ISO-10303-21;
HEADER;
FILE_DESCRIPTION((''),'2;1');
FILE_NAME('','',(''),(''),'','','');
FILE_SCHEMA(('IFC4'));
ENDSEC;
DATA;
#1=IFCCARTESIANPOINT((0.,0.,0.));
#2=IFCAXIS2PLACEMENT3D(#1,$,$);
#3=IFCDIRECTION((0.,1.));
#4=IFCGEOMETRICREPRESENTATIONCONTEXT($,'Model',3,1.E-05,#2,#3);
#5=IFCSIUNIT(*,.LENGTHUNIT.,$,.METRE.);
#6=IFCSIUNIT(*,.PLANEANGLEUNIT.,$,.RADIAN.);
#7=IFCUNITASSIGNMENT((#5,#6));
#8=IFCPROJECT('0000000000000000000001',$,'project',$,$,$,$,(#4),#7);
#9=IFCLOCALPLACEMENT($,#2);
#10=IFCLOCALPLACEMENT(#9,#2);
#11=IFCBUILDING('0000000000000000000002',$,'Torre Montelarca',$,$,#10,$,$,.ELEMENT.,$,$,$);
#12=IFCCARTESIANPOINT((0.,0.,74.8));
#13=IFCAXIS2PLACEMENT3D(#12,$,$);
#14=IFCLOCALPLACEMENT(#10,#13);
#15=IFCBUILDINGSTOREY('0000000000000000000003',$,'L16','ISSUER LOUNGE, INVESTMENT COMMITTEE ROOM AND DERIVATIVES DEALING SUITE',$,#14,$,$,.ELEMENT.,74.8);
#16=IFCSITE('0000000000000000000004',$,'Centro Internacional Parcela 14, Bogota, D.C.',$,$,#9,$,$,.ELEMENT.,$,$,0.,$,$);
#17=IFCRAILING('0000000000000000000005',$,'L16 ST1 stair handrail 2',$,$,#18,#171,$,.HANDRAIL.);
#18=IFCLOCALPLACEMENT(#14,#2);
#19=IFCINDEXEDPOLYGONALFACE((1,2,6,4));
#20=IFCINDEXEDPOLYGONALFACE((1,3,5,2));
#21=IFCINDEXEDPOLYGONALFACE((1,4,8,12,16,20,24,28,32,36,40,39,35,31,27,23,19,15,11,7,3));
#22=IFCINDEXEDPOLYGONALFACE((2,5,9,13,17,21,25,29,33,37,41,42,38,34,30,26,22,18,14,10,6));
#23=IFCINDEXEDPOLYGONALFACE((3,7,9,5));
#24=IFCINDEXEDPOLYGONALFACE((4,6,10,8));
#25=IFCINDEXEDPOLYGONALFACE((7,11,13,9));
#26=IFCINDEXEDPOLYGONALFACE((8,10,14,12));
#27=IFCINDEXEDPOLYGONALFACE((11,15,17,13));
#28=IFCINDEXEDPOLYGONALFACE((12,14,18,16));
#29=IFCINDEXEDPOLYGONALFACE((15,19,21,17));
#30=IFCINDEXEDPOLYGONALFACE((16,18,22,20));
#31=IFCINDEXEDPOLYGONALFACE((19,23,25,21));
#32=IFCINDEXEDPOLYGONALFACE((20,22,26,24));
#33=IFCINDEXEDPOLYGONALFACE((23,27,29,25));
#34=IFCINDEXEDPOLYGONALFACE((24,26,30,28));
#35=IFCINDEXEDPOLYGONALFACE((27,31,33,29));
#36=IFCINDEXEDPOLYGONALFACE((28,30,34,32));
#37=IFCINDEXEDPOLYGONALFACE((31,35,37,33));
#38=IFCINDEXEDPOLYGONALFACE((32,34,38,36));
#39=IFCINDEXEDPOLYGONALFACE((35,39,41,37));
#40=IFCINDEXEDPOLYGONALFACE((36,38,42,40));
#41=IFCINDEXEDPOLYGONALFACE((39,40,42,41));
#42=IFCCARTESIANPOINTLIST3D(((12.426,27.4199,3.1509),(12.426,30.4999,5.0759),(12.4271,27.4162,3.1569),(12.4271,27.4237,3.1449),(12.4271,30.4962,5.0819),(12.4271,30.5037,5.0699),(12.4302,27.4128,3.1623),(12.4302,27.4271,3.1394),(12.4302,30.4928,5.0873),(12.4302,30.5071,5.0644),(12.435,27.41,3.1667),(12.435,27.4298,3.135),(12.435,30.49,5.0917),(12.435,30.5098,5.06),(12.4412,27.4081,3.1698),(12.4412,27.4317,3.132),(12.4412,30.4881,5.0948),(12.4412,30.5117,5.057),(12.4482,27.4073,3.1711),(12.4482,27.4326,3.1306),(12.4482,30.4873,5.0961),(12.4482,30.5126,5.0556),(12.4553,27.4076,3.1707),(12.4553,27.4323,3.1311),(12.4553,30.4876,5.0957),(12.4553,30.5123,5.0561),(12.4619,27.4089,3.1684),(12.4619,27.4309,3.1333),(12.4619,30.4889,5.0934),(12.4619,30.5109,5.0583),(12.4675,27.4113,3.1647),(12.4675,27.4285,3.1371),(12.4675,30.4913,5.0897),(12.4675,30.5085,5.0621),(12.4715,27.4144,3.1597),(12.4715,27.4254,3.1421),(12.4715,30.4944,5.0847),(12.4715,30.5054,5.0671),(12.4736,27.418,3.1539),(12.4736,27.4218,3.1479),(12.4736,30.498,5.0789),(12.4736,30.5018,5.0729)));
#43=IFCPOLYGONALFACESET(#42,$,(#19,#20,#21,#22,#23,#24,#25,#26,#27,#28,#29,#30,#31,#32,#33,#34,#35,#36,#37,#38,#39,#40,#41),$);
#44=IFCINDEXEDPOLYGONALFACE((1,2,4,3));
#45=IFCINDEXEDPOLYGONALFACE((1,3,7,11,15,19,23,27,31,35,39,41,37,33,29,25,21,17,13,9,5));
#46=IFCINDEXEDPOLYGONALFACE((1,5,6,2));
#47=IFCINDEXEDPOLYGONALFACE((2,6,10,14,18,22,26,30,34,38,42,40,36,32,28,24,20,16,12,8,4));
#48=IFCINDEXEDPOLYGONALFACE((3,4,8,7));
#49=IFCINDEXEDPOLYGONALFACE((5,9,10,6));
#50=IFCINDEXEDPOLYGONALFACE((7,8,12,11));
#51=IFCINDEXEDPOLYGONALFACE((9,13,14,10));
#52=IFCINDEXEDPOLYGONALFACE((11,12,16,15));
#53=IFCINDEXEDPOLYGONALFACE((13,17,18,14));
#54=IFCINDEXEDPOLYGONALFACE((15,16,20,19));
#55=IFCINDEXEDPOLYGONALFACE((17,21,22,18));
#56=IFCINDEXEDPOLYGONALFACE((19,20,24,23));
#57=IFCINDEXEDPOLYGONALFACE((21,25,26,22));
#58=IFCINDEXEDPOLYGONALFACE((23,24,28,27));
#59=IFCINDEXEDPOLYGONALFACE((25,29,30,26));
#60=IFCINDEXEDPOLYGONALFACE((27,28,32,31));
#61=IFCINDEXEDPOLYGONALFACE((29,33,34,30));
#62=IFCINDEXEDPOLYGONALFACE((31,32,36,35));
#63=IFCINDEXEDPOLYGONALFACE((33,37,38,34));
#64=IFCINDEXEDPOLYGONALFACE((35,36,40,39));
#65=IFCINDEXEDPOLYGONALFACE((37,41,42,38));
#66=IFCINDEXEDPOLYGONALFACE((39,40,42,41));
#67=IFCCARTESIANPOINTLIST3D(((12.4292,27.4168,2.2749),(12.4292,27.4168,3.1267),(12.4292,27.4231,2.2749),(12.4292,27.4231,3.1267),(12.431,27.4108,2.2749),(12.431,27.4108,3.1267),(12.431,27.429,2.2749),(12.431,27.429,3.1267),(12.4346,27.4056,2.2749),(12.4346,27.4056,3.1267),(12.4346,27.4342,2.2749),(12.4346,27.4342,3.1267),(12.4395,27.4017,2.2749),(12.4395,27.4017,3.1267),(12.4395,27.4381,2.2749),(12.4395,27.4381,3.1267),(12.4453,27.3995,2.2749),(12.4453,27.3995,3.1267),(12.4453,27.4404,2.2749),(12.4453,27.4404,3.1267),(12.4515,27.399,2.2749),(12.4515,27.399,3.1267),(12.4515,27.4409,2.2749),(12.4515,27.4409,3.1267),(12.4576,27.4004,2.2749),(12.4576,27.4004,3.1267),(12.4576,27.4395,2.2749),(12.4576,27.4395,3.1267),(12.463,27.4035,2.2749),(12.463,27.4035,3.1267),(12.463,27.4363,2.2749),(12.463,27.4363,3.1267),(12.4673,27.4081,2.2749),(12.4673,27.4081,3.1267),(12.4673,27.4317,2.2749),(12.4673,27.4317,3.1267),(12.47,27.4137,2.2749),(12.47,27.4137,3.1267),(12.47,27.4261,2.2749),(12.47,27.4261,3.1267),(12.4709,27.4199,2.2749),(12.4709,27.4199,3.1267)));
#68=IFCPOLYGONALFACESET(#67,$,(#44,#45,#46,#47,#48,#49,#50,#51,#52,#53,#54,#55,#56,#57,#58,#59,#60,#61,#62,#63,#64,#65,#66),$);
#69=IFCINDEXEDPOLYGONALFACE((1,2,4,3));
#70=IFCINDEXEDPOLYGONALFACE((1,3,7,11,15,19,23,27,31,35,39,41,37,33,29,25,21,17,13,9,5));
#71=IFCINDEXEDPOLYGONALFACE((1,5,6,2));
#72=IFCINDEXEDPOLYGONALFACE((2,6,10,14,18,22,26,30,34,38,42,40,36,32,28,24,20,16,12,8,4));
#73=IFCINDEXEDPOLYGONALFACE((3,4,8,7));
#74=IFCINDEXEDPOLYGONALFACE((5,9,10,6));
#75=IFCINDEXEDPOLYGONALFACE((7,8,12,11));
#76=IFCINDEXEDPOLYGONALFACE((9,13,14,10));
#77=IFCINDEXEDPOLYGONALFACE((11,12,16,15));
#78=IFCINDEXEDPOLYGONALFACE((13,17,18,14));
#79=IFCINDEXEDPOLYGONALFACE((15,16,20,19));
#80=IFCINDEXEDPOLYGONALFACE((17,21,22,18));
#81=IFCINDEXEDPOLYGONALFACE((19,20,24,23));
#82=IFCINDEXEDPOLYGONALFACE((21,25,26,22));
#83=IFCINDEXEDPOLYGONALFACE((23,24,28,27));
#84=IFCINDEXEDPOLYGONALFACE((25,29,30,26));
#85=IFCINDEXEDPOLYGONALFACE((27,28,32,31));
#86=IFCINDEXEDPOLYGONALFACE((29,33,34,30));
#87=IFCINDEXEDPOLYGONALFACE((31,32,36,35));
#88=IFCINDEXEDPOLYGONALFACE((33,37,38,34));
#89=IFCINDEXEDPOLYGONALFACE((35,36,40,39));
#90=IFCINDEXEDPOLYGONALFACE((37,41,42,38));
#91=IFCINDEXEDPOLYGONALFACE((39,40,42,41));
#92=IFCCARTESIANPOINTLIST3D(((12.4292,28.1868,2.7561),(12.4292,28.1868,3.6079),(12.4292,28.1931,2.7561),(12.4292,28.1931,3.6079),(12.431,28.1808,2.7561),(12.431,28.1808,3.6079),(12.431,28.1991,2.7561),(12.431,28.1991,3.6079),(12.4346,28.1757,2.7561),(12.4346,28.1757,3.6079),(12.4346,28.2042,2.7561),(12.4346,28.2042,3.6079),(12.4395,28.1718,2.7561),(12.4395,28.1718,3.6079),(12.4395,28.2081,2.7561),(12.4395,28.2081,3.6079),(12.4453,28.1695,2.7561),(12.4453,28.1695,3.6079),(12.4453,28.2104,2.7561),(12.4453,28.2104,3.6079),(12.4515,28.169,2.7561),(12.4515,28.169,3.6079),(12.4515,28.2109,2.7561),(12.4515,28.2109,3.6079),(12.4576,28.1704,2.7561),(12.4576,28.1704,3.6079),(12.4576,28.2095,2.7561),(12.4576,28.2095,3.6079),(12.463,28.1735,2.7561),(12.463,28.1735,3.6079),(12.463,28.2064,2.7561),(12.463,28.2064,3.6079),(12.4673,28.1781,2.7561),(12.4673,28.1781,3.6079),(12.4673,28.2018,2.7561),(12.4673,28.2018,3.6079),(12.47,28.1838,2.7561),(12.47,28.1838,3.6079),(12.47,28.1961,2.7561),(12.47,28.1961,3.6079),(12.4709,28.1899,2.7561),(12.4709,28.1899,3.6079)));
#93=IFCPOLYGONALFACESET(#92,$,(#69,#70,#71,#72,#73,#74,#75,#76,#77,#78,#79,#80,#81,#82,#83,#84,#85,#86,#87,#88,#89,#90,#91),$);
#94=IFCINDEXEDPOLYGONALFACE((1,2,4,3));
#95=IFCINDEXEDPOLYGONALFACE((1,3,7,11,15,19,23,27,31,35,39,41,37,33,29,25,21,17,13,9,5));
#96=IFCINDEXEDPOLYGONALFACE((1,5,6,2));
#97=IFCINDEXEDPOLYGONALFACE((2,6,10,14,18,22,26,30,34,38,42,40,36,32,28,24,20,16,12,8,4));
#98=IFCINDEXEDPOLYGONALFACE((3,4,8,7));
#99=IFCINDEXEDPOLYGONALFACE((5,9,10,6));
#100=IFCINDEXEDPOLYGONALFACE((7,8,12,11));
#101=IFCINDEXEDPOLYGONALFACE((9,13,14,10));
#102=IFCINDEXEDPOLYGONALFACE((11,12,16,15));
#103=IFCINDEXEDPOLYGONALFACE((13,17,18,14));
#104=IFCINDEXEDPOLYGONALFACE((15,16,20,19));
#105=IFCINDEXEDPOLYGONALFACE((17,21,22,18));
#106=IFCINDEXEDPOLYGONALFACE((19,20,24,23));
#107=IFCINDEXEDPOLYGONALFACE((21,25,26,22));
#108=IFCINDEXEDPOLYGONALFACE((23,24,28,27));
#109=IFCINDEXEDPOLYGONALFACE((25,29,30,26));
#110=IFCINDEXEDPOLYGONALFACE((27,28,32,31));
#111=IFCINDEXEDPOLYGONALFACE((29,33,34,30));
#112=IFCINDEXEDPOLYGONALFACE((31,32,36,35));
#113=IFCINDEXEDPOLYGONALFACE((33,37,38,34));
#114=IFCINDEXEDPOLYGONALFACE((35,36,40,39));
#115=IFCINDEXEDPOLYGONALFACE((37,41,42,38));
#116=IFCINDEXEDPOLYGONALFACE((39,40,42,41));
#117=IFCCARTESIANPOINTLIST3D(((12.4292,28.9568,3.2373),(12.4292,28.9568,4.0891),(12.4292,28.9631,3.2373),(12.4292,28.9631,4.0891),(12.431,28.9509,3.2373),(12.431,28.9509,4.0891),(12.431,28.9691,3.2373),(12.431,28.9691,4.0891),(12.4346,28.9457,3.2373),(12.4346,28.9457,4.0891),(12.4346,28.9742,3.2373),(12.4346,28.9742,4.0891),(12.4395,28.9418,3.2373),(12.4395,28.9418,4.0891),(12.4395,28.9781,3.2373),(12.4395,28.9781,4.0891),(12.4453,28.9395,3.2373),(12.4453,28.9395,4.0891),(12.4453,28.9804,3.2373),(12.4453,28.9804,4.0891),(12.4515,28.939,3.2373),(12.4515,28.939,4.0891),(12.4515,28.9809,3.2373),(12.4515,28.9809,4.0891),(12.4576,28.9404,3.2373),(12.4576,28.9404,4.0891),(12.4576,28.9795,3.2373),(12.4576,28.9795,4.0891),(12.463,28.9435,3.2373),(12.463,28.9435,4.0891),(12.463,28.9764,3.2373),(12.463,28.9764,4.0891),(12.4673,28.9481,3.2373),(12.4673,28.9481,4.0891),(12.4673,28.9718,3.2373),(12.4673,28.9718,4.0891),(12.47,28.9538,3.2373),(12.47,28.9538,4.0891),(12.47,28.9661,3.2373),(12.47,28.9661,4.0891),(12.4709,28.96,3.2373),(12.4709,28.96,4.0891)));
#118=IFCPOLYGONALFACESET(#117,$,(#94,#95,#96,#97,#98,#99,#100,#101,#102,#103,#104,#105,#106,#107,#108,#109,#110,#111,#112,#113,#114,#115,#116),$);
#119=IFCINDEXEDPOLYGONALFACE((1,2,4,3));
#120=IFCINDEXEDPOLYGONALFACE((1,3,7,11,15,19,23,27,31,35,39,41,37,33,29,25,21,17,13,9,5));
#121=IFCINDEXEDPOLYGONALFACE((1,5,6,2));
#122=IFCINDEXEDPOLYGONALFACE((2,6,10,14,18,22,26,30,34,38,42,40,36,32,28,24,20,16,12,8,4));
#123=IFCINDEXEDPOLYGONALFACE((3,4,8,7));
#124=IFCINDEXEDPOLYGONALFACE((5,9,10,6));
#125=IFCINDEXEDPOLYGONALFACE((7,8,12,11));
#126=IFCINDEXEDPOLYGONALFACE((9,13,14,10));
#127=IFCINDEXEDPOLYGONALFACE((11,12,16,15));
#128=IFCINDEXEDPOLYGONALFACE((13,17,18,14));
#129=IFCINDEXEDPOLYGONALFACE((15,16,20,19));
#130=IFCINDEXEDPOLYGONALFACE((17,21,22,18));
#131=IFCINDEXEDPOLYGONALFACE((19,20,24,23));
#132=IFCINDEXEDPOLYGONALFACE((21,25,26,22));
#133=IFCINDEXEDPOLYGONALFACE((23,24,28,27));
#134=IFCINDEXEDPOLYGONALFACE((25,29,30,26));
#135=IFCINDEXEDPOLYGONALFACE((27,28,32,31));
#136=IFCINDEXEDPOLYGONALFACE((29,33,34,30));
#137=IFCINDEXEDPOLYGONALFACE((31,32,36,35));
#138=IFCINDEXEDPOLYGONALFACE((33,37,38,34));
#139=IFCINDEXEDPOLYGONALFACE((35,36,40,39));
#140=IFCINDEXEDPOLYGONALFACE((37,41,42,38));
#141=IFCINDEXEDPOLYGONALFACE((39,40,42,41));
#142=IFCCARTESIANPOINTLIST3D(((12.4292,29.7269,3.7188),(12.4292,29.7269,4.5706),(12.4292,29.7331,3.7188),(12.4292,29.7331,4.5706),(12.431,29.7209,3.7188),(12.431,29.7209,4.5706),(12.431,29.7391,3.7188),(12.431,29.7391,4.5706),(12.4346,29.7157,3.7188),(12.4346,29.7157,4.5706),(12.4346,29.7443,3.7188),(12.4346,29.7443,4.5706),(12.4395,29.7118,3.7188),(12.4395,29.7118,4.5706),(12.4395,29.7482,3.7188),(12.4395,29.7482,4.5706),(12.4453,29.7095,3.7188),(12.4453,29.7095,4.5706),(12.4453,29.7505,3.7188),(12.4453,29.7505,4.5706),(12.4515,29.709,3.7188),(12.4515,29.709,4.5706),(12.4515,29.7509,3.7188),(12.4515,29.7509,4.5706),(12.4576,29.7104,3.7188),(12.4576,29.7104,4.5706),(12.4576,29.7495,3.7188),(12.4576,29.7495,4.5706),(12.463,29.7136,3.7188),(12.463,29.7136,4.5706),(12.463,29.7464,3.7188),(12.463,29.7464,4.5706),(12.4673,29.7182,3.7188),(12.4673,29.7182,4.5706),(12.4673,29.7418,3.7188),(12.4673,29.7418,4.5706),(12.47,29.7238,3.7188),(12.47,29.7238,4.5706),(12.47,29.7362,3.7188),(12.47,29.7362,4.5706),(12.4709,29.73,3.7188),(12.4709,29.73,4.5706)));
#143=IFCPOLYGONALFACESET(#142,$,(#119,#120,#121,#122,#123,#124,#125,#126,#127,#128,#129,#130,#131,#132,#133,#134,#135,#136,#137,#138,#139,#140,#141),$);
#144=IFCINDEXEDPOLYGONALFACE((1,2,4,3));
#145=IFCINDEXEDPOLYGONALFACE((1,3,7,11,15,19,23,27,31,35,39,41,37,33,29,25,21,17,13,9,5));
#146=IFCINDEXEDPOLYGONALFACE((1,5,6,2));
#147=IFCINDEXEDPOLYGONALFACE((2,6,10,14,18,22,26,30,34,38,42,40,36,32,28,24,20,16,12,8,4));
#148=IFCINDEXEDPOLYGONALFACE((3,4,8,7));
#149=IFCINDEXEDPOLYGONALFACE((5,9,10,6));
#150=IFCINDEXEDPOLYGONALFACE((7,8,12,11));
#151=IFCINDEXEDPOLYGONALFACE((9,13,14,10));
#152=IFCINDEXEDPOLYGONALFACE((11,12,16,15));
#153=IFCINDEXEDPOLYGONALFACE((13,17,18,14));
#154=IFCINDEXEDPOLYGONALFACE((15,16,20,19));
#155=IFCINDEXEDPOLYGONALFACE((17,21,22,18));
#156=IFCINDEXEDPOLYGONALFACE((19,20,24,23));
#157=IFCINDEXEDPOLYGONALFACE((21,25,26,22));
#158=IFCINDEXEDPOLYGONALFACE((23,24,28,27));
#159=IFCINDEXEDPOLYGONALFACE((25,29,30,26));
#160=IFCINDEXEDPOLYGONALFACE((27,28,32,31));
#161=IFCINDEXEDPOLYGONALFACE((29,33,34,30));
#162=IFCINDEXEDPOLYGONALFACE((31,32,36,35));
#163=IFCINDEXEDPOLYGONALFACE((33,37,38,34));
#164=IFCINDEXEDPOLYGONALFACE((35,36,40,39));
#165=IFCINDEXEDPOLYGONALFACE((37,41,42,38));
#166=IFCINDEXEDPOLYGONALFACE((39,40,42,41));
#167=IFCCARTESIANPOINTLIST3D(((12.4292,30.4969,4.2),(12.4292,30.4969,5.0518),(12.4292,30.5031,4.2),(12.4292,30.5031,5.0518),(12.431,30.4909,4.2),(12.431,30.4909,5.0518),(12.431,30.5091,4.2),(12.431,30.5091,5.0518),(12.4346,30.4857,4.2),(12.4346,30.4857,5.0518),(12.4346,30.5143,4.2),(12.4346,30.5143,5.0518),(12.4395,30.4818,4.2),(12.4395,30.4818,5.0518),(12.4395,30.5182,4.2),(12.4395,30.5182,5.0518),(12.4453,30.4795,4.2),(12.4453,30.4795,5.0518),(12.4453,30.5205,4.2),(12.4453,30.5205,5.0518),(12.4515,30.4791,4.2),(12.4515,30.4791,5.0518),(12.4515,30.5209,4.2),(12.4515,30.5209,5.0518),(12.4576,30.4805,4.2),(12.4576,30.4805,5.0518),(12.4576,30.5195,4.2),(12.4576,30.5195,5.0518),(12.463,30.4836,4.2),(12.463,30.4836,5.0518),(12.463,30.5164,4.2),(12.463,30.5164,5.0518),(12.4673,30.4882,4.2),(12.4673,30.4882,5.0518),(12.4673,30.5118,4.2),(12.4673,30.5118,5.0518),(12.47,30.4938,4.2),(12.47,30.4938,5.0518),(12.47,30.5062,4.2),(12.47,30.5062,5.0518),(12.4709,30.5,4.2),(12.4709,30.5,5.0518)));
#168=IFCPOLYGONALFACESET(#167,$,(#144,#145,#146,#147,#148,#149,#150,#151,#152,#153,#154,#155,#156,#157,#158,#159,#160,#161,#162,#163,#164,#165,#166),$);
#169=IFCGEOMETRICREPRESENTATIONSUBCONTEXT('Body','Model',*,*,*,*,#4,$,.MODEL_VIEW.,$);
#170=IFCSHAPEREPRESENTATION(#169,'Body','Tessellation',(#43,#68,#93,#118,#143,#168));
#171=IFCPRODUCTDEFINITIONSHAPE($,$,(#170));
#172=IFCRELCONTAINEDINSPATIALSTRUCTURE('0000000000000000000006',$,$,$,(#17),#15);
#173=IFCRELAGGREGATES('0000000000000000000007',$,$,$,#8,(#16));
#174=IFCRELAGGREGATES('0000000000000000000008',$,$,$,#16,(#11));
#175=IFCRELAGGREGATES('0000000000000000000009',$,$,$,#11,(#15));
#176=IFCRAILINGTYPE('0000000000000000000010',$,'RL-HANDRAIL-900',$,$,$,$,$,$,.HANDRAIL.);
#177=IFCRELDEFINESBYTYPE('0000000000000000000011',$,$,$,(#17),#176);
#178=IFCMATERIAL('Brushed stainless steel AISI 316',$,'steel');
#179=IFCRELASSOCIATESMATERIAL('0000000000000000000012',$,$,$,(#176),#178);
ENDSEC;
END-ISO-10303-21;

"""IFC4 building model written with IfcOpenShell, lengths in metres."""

from ifc_helpers import new_model, si_unit, direction, frame, origin, origin_2d, place, context, subcontext, project, spatial, circle, extrude, material, type_object, element, save


model = new_model("IFC4")

# Units and contexts
model_context = context("Model", 3, precision=1e-05, world=origin(), true_north=direction((0.0, 1.0)))
body_context = subcontext(model_context, "Body", "Model", "MODEL_VIEW")
ifc_project = project(units=[si_unit("LENGTHUNIT", "METRE"), si_unit("PLANEANGLEUNIT", "RADIAN")], contexts=[model_context])

# Site, building, storey
site_placement = place(None, origin())
site = spatial("IfcSite", under=ifc_project, at=site_placement, Name="Centro Internacional Parcela 14, Bogota, D.C.", CompositionType="ELEMENT", RefElevation=0.0)
building_placement = place(site_placement, origin())
building = spatial("IfcBuilding", under=site, at=building_placement, Name="Torre Montelarca", CompositionType="ELEMENT")
storey_placement = place(building_placement, frame((0.0, 0.0, 74.8)))
storey = spatial("IfcBuildingStorey", under=building, at=storey_placement, Name="L16", Description="ISSUER LOUNGE, INVESTMENT COMMITTEE ROOM AND DERIVATIVES DEALING SUITE", CompositionType="ELEMENT", Elevation=74.8)

# Shared definitions
ifc_material_1 = material(Name="Brushed stainless steel AISI 316", Category="steel")

# Railing
railing_type_1 = type_object("IfcRailingType", Name="RL-HANDRAIL-900", PredefinedType="HANDRAIL", material=ifc_material_1)
railing_1_placement = place(storey_placement, frame((12.45, 27.4199, 2.2749)))
element("IfcRailing", 1, at=railing_1_placement, inside=storey, type_object=railing_type_1, Name="L16 ST1 stair handrail 2", PredefinedType="HANDRAIL", context=body_context, shape_type="SweptSolid", body=[
    extrude(circle(Radius=0.0239, at=origin_2d()), frame((0.0, 0.0, 0.876), z_axis=(0.0, 0.847998, 0.529999), x_axis=(-1.0, 0.0, 0.0)), (0.0, 0.0, 1.0), 3.6321),
    extrude(circle(Radius=0.021, at=origin_2d()), origin(), (0.0, 0.0, 1.0), 0.8518),
    extrude(circle(Radius=0.021, at=origin_2d()), frame((0.0, 0.77, 0.4812)), (0.0, 0.0, 1.0), 0.8518),
    extrude(circle(Radius=0.021, at=origin_2d()), frame((0.0, 1.54, 0.9624)), (0.0, 0.0, 1.0), 0.8518),
    extrude(circle(Radius=0.021, at=origin_2d()), frame((0.0, 2.3101, 1.4438)), (0.0, 0.0, 1.0), 0.8518),
    extrude(circle(Radius=0.021, at=origin_2d()), frame((0.0, 3.0801, 1.925)), (0.0, 0.0, 1.0), 0.8518),
])

save(model, "model.ifc")
